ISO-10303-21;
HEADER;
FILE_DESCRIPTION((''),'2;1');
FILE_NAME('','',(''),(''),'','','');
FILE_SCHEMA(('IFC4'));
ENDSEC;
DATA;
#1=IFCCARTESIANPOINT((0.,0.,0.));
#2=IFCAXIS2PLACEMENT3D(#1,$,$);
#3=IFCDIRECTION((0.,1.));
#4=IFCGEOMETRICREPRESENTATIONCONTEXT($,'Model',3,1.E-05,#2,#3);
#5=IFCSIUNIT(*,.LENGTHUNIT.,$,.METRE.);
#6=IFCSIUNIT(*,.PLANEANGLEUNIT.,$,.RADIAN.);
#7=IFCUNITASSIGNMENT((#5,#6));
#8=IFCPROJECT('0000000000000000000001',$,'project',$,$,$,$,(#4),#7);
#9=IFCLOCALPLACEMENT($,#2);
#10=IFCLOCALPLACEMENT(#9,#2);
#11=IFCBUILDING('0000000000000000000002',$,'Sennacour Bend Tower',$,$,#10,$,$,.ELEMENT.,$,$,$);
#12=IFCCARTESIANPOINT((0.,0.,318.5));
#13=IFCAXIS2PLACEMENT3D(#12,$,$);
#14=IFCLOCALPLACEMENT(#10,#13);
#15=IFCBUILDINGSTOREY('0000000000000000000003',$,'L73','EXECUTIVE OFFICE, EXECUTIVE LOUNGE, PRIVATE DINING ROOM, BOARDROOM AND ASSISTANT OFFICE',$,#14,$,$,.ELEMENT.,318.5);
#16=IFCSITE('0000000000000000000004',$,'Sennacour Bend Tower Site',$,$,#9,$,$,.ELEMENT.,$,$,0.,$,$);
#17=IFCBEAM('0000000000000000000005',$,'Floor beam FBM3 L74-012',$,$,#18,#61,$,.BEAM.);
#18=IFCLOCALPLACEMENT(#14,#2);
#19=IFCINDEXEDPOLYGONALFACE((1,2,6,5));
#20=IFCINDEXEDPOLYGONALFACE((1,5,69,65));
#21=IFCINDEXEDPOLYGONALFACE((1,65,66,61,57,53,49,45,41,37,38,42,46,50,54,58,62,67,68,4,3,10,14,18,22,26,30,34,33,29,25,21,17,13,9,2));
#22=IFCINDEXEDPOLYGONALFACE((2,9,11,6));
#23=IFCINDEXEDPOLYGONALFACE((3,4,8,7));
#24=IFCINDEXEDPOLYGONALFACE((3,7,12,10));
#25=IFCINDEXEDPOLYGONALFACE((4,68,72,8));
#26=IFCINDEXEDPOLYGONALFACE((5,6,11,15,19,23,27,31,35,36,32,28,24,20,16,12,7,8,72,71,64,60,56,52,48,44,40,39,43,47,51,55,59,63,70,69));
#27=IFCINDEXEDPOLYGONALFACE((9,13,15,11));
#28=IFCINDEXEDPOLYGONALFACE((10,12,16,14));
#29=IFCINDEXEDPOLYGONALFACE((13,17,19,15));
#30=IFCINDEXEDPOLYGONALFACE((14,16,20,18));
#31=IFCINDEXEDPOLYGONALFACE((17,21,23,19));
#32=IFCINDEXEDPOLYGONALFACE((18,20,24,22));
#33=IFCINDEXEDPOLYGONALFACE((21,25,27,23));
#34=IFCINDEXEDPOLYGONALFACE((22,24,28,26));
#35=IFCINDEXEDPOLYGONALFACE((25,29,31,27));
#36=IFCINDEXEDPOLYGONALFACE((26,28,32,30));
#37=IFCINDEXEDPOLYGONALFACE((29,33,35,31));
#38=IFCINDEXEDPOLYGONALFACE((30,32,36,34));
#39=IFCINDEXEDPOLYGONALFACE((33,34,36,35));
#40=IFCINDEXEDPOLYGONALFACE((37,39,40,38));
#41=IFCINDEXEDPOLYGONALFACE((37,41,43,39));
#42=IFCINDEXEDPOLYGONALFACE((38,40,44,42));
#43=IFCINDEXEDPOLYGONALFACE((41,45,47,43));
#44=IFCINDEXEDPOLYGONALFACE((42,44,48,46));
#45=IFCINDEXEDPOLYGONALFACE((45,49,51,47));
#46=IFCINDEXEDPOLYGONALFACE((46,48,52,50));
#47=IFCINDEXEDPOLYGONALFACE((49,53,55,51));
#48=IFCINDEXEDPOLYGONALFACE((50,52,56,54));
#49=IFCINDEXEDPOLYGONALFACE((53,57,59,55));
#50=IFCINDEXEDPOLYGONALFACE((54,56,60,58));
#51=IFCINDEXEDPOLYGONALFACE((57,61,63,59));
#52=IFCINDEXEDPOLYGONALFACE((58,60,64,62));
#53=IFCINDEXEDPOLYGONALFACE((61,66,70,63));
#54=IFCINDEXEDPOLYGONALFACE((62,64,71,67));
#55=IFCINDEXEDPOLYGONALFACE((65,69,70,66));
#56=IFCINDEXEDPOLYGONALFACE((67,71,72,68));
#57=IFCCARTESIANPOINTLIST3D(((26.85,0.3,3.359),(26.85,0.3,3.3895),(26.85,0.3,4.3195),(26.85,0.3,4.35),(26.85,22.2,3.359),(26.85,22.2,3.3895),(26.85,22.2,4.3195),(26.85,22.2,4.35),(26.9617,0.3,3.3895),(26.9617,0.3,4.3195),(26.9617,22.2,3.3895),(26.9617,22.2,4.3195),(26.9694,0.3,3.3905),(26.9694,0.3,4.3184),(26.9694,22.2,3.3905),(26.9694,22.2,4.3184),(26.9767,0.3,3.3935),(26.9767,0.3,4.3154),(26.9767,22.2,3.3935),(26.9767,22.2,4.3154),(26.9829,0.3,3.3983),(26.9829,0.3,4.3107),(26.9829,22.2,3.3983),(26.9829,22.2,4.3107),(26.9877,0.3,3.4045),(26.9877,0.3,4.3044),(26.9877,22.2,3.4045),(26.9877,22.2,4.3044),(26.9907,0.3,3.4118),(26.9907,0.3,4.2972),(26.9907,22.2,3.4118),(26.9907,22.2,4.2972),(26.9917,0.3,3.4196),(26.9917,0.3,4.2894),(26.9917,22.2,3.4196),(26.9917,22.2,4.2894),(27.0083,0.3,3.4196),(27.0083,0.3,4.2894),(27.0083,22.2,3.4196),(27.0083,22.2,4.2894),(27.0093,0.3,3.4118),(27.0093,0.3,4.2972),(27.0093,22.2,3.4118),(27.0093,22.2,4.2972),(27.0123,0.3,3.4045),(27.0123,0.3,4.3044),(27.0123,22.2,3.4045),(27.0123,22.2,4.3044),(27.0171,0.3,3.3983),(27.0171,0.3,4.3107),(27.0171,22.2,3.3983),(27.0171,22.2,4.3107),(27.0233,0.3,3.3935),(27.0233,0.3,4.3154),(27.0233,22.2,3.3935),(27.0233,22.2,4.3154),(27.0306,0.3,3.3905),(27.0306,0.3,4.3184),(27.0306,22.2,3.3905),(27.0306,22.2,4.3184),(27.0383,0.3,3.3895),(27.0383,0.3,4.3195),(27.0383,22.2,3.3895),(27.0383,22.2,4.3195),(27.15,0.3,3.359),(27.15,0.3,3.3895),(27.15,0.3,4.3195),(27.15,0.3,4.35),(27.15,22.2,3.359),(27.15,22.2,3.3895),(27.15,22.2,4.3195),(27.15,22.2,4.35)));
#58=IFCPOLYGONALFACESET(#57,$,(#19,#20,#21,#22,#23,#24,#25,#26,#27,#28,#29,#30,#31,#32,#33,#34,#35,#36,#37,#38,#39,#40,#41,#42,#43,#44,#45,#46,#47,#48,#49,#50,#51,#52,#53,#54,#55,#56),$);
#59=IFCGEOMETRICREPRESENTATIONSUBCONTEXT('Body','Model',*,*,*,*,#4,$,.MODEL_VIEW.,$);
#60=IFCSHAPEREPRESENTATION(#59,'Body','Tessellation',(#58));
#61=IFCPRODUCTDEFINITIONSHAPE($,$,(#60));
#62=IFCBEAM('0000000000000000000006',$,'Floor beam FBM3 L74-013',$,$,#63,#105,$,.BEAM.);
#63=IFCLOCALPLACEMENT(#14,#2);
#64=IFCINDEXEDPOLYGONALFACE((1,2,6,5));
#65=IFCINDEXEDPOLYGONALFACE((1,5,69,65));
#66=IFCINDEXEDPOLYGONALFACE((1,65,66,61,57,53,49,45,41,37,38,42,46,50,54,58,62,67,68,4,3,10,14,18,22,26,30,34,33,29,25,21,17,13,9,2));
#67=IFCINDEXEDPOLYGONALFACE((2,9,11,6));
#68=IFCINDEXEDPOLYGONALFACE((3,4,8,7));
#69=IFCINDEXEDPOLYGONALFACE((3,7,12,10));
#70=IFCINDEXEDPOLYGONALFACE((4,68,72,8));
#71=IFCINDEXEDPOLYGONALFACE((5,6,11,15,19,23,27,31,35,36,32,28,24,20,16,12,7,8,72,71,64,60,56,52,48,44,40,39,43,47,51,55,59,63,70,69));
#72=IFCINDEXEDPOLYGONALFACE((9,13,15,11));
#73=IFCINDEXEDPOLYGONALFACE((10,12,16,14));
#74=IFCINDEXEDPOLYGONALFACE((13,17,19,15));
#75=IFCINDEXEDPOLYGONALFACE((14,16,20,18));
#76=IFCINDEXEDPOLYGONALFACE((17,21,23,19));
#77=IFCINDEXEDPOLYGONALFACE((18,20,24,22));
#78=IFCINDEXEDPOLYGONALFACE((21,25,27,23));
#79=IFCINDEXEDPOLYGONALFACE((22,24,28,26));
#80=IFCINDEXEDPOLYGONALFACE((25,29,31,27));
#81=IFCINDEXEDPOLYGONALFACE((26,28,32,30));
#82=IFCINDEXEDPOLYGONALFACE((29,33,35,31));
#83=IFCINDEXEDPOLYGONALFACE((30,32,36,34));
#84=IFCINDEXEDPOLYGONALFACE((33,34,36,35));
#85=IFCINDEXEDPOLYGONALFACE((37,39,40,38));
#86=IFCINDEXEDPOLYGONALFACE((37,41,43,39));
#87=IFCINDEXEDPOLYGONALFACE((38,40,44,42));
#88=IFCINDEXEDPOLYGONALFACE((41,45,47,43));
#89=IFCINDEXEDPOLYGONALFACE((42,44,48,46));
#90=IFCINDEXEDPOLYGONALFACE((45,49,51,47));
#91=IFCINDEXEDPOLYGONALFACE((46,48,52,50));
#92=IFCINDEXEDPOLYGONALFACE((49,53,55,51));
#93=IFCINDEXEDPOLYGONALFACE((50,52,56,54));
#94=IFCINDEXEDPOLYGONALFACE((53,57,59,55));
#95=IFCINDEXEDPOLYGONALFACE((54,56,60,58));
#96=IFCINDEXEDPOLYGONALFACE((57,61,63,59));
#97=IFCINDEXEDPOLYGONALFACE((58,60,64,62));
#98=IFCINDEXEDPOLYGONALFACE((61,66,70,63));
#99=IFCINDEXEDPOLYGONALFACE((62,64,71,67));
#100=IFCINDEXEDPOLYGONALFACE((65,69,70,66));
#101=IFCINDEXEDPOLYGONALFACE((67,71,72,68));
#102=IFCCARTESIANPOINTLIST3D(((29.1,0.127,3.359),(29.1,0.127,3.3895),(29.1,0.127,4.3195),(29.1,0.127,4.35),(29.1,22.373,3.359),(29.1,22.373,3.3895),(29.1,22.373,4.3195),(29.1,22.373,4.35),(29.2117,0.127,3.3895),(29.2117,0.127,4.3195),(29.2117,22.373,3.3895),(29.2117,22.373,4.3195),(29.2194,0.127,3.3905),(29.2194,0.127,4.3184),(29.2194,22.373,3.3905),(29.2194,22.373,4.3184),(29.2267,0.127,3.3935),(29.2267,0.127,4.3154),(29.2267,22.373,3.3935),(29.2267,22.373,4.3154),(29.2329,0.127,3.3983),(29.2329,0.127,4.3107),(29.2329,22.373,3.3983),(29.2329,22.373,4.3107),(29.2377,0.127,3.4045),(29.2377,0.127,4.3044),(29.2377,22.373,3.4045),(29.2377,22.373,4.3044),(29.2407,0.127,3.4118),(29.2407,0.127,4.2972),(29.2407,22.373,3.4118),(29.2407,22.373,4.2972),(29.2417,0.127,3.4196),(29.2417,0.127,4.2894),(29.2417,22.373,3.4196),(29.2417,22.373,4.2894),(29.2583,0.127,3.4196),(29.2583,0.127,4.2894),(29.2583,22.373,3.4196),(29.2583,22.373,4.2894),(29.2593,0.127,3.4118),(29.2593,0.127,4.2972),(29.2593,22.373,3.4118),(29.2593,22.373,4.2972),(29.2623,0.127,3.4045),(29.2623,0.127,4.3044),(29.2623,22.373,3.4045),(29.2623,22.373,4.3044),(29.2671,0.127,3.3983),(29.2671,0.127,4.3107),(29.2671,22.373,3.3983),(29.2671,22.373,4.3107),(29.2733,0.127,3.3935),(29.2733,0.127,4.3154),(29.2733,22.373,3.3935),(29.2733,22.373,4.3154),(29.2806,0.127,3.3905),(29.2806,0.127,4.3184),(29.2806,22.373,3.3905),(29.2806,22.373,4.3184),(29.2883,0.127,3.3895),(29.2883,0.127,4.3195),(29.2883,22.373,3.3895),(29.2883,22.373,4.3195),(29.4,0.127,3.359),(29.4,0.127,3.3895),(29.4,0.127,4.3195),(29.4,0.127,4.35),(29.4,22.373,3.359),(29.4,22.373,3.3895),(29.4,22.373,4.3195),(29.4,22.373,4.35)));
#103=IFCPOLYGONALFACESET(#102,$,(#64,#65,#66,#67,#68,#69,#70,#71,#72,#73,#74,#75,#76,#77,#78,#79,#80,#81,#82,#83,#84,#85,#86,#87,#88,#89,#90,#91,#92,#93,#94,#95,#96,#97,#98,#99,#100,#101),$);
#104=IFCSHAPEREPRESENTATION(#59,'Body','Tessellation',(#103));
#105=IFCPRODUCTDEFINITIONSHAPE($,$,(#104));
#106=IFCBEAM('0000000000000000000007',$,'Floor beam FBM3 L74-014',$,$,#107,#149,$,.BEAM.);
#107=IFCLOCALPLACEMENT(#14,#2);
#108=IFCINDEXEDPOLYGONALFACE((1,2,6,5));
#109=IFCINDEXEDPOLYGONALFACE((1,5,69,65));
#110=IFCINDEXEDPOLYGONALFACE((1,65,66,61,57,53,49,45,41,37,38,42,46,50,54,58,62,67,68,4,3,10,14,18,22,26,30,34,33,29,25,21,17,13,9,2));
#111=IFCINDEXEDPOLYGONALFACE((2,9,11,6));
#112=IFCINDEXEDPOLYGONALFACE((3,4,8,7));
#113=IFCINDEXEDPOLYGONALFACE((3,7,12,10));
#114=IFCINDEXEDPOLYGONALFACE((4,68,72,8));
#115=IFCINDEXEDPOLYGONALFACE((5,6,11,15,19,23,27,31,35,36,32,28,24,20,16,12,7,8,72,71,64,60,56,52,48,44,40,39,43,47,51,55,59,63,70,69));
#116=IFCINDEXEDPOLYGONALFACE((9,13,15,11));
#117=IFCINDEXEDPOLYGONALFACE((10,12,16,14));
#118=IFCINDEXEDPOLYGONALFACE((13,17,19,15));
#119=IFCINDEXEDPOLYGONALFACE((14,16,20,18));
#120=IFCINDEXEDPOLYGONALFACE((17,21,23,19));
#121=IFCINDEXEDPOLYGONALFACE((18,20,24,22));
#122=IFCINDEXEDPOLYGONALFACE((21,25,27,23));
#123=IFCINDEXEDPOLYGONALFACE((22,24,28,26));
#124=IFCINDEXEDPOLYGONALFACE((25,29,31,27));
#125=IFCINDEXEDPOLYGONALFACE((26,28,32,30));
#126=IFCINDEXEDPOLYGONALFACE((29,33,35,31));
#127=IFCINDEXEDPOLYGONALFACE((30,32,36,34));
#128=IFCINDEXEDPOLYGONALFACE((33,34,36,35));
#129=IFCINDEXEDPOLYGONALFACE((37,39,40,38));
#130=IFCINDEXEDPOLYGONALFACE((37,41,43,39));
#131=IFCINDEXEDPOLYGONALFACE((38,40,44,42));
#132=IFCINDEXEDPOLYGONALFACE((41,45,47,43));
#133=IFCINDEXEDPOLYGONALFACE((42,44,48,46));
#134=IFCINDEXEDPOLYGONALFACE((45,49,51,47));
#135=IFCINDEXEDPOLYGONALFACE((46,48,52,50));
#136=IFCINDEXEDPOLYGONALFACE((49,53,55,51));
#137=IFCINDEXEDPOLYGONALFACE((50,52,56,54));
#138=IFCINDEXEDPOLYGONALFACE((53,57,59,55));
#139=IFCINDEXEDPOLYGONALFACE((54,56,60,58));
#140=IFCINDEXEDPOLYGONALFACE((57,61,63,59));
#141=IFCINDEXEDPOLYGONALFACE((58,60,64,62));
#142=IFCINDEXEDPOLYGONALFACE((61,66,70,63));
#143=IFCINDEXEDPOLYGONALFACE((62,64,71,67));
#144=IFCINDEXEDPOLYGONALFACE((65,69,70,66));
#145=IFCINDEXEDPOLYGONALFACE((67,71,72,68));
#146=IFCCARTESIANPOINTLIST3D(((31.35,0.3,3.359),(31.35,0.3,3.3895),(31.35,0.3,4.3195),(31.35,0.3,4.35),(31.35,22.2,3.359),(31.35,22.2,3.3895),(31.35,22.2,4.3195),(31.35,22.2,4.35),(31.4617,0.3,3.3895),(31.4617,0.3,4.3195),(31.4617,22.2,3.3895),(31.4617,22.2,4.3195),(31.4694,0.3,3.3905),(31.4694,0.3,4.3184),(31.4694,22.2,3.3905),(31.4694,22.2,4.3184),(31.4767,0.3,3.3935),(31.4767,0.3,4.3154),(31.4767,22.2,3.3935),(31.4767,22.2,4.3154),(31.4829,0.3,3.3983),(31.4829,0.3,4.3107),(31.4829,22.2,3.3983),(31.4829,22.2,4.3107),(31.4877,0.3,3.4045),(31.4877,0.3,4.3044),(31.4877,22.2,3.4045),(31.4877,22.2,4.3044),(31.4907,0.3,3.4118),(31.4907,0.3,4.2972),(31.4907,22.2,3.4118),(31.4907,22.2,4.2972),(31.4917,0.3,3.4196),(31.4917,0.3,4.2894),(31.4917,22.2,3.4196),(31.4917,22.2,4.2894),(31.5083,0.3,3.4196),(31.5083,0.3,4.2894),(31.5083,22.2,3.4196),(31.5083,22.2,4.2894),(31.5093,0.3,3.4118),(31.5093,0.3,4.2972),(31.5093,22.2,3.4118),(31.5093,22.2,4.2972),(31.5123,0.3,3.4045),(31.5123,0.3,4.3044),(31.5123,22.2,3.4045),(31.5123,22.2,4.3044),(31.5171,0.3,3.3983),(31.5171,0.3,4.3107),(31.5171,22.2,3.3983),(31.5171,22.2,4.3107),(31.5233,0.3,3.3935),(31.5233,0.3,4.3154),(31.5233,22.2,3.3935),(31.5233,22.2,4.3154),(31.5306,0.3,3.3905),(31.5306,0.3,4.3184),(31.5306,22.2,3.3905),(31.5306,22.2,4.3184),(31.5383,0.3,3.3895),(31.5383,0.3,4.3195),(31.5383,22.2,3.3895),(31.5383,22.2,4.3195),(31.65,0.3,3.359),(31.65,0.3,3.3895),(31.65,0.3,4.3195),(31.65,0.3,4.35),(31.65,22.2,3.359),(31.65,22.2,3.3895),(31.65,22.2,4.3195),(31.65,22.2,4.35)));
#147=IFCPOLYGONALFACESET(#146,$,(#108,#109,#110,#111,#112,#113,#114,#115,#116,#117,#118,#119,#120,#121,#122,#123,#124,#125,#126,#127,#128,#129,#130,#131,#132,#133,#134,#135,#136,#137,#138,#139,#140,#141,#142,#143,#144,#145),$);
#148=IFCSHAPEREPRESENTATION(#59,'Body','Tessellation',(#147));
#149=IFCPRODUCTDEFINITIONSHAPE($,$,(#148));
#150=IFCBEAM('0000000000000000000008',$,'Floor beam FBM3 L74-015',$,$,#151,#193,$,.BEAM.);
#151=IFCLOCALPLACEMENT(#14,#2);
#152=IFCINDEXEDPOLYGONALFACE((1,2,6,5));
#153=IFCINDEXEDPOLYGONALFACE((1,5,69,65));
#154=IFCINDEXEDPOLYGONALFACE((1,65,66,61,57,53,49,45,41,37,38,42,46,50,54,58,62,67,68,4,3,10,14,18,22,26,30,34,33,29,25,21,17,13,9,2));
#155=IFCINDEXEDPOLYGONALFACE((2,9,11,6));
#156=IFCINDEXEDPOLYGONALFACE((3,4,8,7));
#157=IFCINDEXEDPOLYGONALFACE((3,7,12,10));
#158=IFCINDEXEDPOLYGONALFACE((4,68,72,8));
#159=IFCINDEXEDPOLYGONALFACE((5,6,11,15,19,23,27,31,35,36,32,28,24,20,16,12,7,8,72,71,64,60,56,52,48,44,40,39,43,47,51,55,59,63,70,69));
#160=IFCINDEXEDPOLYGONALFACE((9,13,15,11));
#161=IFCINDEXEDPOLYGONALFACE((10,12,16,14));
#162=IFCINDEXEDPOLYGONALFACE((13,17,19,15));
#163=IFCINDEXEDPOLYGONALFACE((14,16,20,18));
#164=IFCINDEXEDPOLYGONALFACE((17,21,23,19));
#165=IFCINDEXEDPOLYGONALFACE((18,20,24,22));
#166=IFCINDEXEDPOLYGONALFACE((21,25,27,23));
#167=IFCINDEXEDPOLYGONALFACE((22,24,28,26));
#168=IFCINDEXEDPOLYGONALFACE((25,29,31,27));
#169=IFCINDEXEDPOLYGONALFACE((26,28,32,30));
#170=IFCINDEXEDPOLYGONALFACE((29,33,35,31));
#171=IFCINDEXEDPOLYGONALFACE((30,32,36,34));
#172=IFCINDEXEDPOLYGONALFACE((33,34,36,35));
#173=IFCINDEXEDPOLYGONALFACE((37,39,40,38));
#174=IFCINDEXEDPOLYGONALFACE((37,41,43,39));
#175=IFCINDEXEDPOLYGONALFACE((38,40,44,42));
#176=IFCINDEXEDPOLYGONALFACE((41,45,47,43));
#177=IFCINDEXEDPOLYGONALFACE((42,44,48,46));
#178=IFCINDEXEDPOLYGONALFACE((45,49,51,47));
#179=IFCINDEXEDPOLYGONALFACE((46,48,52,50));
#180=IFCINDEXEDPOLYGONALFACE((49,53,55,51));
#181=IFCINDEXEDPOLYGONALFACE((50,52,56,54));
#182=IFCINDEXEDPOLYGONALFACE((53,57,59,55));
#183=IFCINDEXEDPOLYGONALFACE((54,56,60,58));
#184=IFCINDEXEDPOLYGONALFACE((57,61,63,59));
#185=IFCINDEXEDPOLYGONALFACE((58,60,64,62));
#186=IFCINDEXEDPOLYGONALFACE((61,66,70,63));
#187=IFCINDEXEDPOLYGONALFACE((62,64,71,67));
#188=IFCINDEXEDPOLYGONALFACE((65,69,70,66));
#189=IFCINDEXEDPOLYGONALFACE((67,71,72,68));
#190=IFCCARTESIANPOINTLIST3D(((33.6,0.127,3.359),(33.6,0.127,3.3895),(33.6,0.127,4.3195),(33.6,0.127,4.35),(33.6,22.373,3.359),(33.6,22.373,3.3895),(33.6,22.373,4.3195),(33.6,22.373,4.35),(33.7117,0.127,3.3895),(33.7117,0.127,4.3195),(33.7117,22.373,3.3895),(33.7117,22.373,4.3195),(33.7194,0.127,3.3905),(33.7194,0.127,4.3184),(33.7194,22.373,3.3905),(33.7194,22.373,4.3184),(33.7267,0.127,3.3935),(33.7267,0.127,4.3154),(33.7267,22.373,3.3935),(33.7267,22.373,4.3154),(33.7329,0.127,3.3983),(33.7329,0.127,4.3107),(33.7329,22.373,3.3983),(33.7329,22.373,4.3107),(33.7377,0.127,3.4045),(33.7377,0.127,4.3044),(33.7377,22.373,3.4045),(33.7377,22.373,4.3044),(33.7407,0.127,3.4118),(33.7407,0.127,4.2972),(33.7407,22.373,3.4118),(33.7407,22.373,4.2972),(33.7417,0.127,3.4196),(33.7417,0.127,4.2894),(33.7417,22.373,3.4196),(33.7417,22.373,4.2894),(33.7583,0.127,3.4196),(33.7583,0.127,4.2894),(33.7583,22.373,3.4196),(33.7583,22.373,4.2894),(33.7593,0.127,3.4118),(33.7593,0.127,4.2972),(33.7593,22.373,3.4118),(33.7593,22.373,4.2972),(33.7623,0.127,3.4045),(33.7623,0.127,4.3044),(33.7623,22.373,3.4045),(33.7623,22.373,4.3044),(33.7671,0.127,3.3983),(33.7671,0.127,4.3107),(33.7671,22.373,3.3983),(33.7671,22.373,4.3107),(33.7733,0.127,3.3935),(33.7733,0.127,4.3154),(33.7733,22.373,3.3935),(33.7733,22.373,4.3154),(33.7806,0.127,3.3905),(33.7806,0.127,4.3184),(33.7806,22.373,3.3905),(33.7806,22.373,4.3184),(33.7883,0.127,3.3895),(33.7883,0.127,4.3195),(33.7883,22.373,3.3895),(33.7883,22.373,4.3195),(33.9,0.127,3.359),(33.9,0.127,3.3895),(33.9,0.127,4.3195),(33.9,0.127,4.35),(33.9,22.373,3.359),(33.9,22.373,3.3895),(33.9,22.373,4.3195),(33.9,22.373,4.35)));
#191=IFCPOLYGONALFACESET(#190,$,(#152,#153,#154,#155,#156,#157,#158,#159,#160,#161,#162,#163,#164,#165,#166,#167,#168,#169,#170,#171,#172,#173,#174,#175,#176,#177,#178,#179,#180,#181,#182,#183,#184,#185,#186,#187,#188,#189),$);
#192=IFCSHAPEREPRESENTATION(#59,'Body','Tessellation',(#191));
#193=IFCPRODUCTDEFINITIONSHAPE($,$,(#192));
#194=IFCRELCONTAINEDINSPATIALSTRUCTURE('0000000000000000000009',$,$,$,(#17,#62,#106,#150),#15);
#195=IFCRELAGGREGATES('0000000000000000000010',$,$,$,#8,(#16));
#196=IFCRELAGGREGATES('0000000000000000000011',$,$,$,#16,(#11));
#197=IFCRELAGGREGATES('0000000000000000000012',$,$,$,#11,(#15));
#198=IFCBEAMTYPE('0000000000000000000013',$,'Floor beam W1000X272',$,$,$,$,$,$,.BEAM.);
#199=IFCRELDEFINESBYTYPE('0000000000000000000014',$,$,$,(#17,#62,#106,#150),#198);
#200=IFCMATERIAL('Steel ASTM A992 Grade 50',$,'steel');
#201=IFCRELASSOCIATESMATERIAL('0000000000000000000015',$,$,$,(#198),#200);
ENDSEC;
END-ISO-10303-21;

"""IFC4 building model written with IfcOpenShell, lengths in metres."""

from ifc_helpers import new_model, si_unit, direction, frame, origin, origin_2d, place, context, subcontext, project, spatial, i_section, extrude, material, material_profile, profile_set, type_object, element, save


model = new_model("IFC4")

# Units and contexts
model_context = context("Model", 3, precision=1e-05, world=origin(), true_north=direction((0.0, 1.0)))
body_context = subcontext(model_context, "Body", "Model", "MODEL_VIEW")
ifc_project = project(units=[si_unit("LENGTHUNIT", "METRE"), si_unit("PLANEANGLEUNIT", "RADIAN")], contexts=[model_context])

# Site, building, storey
site_placement = place(None, origin())
site = spatial("IfcSite", under=ifc_project, at=site_placement, Name="Sennacour Bend Tower Site", CompositionType="ELEMENT", RefElevation=0.0)
building_placement = place(site_placement, origin())
building = spatial("IfcBuilding", under=site, at=building_placement, Name="Sennacour Bend Tower", CompositionType="ELEMENT")
storey_placement = place(building_placement, frame((0.0, 0.0, 318.5)))
storey = spatial("IfcBuildingStorey", under=building, at=storey_placement, Name="L73", Description="EXECUTIVE OFFICE, EXECUTIVE LOUNGE, PRIVATE DINING ROOM, BOARDROOM AND ASSISTANT OFFICE", CompositionType="ELEMENT", Elevation=318.5)

# Beams
ifc_material_1 = material(Name="Steel ASTM A992 Grade 50", Category="steel")
ifc_material_profile_1 = material_profile(ifc_material_1, i_section(OverallWidth=0.3, OverallDepth=0.991, WebThickness=0.0166, FlangeThickness=0.0305, FilletRadius=0.03, at=origin_2d()), Name="Steel ASTM A992 Grade 50", Category="steel")
ifc_profile_set_1 = profile_set([ifc_material_profile_1], Name="Steel ASTM A992 Grade 50")
beam_type_1 = type_object("IfcBeamType", Name="Floor beam W1000X272", PredefinedType="BEAM", material=ifc_profile_set_1)
beam_1_placement = place(storey_placement, frame((27.0, 0.3, 3.8545), z_axis=(0.0, 1.0, 0.0), x_axis=(-1.0, 0.0, 0.0)))
element("IfcBeam", 1, at=beam_1_placement, inside=storey, type_object=beam_type_1, Name="Floor beam FBM3 L74-012", PredefinedType="BEAM", context=body_context, shape_type="SweptSolid", body=[
    extrude(i_section(OverallWidth=0.3, OverallDepth=0.991, WebThickness=0.0166, FlangeThickness=0.0305, FilletRadius=0.03, at=origin_2d()), origin(), (0.0, 0.0, 1.0), 21.8999),
])
beam_2_placement = place(storey_placement, frame((29.25, 0.127, 3.8545), z_axis=(0.0, 1.0, 0.0), x_axis=(-1.0, 0.0, 0.0)))
element("IfcBeam", 2, at=beam_2_placement, inside=storey, type_object=beam_type_1, Name="Floor beam FBM3 L74-013", PredefinedType="BEAM", context=body_context, shape_type="SweptSolid", body=[
    extrude(i_section(OverallWidth=0.3, OverallDepth=0.991, WebThickness=0.0166, FlangeThickness=0.0305, FilletRadius=0.03, at=origin_2d()), origin(), (0.0, 0.0, 1.0), 22.2461),
])
beam_3_placement = place(storey_placement, frame((31.5, 0.3, 3.8545), z_axis=(0.0, 1.0, 0.0), x_axis=(-1.0, 0.0, 0.0)))
element("IfcBeam", 3, at=beam_3_placement, inside=storey, type_object=beam_type_1, Name="Floor beam FBM3 L74-014", PredefinedType="BEAM", context=body_context, shape_type="SweptSolid", body=[
    extrude(i_section(OverallWidth=0.3, OverallDepth=0.991, WebThickness=0.0166, FlangeThickness=0.0305, FilletRadius=0.03, at=origin_2d()), origin(), (0.0, 0.0, 1.0), 21.8999),
])
beam_4_placement = place(storey_placement, frame((33.75, 0.127, 3.8545), z_axis=(0.0, 1.0, 0.0), x_axis=(-1.0, 0.0, 0.0)))
element("IfcBeam", 4, at=beam_4_placement, inside=storey, type_object=beam_type_1, Name="Floor beam FBM3 L74-015", PredefinedType="BEAM", context=body_context, shape_type="SweptSolid", body=[
    extrude(i_section(OverallWidth=0.3, OverallDepth=0.991, WebThickness=0.0166, FlangeThickness=0.0305, FilletRadius=0.03, at=origin_2d()), origin(), (0.0, 0.0, 1.0), 22.2461),
])

save(model, "model.ifc")
